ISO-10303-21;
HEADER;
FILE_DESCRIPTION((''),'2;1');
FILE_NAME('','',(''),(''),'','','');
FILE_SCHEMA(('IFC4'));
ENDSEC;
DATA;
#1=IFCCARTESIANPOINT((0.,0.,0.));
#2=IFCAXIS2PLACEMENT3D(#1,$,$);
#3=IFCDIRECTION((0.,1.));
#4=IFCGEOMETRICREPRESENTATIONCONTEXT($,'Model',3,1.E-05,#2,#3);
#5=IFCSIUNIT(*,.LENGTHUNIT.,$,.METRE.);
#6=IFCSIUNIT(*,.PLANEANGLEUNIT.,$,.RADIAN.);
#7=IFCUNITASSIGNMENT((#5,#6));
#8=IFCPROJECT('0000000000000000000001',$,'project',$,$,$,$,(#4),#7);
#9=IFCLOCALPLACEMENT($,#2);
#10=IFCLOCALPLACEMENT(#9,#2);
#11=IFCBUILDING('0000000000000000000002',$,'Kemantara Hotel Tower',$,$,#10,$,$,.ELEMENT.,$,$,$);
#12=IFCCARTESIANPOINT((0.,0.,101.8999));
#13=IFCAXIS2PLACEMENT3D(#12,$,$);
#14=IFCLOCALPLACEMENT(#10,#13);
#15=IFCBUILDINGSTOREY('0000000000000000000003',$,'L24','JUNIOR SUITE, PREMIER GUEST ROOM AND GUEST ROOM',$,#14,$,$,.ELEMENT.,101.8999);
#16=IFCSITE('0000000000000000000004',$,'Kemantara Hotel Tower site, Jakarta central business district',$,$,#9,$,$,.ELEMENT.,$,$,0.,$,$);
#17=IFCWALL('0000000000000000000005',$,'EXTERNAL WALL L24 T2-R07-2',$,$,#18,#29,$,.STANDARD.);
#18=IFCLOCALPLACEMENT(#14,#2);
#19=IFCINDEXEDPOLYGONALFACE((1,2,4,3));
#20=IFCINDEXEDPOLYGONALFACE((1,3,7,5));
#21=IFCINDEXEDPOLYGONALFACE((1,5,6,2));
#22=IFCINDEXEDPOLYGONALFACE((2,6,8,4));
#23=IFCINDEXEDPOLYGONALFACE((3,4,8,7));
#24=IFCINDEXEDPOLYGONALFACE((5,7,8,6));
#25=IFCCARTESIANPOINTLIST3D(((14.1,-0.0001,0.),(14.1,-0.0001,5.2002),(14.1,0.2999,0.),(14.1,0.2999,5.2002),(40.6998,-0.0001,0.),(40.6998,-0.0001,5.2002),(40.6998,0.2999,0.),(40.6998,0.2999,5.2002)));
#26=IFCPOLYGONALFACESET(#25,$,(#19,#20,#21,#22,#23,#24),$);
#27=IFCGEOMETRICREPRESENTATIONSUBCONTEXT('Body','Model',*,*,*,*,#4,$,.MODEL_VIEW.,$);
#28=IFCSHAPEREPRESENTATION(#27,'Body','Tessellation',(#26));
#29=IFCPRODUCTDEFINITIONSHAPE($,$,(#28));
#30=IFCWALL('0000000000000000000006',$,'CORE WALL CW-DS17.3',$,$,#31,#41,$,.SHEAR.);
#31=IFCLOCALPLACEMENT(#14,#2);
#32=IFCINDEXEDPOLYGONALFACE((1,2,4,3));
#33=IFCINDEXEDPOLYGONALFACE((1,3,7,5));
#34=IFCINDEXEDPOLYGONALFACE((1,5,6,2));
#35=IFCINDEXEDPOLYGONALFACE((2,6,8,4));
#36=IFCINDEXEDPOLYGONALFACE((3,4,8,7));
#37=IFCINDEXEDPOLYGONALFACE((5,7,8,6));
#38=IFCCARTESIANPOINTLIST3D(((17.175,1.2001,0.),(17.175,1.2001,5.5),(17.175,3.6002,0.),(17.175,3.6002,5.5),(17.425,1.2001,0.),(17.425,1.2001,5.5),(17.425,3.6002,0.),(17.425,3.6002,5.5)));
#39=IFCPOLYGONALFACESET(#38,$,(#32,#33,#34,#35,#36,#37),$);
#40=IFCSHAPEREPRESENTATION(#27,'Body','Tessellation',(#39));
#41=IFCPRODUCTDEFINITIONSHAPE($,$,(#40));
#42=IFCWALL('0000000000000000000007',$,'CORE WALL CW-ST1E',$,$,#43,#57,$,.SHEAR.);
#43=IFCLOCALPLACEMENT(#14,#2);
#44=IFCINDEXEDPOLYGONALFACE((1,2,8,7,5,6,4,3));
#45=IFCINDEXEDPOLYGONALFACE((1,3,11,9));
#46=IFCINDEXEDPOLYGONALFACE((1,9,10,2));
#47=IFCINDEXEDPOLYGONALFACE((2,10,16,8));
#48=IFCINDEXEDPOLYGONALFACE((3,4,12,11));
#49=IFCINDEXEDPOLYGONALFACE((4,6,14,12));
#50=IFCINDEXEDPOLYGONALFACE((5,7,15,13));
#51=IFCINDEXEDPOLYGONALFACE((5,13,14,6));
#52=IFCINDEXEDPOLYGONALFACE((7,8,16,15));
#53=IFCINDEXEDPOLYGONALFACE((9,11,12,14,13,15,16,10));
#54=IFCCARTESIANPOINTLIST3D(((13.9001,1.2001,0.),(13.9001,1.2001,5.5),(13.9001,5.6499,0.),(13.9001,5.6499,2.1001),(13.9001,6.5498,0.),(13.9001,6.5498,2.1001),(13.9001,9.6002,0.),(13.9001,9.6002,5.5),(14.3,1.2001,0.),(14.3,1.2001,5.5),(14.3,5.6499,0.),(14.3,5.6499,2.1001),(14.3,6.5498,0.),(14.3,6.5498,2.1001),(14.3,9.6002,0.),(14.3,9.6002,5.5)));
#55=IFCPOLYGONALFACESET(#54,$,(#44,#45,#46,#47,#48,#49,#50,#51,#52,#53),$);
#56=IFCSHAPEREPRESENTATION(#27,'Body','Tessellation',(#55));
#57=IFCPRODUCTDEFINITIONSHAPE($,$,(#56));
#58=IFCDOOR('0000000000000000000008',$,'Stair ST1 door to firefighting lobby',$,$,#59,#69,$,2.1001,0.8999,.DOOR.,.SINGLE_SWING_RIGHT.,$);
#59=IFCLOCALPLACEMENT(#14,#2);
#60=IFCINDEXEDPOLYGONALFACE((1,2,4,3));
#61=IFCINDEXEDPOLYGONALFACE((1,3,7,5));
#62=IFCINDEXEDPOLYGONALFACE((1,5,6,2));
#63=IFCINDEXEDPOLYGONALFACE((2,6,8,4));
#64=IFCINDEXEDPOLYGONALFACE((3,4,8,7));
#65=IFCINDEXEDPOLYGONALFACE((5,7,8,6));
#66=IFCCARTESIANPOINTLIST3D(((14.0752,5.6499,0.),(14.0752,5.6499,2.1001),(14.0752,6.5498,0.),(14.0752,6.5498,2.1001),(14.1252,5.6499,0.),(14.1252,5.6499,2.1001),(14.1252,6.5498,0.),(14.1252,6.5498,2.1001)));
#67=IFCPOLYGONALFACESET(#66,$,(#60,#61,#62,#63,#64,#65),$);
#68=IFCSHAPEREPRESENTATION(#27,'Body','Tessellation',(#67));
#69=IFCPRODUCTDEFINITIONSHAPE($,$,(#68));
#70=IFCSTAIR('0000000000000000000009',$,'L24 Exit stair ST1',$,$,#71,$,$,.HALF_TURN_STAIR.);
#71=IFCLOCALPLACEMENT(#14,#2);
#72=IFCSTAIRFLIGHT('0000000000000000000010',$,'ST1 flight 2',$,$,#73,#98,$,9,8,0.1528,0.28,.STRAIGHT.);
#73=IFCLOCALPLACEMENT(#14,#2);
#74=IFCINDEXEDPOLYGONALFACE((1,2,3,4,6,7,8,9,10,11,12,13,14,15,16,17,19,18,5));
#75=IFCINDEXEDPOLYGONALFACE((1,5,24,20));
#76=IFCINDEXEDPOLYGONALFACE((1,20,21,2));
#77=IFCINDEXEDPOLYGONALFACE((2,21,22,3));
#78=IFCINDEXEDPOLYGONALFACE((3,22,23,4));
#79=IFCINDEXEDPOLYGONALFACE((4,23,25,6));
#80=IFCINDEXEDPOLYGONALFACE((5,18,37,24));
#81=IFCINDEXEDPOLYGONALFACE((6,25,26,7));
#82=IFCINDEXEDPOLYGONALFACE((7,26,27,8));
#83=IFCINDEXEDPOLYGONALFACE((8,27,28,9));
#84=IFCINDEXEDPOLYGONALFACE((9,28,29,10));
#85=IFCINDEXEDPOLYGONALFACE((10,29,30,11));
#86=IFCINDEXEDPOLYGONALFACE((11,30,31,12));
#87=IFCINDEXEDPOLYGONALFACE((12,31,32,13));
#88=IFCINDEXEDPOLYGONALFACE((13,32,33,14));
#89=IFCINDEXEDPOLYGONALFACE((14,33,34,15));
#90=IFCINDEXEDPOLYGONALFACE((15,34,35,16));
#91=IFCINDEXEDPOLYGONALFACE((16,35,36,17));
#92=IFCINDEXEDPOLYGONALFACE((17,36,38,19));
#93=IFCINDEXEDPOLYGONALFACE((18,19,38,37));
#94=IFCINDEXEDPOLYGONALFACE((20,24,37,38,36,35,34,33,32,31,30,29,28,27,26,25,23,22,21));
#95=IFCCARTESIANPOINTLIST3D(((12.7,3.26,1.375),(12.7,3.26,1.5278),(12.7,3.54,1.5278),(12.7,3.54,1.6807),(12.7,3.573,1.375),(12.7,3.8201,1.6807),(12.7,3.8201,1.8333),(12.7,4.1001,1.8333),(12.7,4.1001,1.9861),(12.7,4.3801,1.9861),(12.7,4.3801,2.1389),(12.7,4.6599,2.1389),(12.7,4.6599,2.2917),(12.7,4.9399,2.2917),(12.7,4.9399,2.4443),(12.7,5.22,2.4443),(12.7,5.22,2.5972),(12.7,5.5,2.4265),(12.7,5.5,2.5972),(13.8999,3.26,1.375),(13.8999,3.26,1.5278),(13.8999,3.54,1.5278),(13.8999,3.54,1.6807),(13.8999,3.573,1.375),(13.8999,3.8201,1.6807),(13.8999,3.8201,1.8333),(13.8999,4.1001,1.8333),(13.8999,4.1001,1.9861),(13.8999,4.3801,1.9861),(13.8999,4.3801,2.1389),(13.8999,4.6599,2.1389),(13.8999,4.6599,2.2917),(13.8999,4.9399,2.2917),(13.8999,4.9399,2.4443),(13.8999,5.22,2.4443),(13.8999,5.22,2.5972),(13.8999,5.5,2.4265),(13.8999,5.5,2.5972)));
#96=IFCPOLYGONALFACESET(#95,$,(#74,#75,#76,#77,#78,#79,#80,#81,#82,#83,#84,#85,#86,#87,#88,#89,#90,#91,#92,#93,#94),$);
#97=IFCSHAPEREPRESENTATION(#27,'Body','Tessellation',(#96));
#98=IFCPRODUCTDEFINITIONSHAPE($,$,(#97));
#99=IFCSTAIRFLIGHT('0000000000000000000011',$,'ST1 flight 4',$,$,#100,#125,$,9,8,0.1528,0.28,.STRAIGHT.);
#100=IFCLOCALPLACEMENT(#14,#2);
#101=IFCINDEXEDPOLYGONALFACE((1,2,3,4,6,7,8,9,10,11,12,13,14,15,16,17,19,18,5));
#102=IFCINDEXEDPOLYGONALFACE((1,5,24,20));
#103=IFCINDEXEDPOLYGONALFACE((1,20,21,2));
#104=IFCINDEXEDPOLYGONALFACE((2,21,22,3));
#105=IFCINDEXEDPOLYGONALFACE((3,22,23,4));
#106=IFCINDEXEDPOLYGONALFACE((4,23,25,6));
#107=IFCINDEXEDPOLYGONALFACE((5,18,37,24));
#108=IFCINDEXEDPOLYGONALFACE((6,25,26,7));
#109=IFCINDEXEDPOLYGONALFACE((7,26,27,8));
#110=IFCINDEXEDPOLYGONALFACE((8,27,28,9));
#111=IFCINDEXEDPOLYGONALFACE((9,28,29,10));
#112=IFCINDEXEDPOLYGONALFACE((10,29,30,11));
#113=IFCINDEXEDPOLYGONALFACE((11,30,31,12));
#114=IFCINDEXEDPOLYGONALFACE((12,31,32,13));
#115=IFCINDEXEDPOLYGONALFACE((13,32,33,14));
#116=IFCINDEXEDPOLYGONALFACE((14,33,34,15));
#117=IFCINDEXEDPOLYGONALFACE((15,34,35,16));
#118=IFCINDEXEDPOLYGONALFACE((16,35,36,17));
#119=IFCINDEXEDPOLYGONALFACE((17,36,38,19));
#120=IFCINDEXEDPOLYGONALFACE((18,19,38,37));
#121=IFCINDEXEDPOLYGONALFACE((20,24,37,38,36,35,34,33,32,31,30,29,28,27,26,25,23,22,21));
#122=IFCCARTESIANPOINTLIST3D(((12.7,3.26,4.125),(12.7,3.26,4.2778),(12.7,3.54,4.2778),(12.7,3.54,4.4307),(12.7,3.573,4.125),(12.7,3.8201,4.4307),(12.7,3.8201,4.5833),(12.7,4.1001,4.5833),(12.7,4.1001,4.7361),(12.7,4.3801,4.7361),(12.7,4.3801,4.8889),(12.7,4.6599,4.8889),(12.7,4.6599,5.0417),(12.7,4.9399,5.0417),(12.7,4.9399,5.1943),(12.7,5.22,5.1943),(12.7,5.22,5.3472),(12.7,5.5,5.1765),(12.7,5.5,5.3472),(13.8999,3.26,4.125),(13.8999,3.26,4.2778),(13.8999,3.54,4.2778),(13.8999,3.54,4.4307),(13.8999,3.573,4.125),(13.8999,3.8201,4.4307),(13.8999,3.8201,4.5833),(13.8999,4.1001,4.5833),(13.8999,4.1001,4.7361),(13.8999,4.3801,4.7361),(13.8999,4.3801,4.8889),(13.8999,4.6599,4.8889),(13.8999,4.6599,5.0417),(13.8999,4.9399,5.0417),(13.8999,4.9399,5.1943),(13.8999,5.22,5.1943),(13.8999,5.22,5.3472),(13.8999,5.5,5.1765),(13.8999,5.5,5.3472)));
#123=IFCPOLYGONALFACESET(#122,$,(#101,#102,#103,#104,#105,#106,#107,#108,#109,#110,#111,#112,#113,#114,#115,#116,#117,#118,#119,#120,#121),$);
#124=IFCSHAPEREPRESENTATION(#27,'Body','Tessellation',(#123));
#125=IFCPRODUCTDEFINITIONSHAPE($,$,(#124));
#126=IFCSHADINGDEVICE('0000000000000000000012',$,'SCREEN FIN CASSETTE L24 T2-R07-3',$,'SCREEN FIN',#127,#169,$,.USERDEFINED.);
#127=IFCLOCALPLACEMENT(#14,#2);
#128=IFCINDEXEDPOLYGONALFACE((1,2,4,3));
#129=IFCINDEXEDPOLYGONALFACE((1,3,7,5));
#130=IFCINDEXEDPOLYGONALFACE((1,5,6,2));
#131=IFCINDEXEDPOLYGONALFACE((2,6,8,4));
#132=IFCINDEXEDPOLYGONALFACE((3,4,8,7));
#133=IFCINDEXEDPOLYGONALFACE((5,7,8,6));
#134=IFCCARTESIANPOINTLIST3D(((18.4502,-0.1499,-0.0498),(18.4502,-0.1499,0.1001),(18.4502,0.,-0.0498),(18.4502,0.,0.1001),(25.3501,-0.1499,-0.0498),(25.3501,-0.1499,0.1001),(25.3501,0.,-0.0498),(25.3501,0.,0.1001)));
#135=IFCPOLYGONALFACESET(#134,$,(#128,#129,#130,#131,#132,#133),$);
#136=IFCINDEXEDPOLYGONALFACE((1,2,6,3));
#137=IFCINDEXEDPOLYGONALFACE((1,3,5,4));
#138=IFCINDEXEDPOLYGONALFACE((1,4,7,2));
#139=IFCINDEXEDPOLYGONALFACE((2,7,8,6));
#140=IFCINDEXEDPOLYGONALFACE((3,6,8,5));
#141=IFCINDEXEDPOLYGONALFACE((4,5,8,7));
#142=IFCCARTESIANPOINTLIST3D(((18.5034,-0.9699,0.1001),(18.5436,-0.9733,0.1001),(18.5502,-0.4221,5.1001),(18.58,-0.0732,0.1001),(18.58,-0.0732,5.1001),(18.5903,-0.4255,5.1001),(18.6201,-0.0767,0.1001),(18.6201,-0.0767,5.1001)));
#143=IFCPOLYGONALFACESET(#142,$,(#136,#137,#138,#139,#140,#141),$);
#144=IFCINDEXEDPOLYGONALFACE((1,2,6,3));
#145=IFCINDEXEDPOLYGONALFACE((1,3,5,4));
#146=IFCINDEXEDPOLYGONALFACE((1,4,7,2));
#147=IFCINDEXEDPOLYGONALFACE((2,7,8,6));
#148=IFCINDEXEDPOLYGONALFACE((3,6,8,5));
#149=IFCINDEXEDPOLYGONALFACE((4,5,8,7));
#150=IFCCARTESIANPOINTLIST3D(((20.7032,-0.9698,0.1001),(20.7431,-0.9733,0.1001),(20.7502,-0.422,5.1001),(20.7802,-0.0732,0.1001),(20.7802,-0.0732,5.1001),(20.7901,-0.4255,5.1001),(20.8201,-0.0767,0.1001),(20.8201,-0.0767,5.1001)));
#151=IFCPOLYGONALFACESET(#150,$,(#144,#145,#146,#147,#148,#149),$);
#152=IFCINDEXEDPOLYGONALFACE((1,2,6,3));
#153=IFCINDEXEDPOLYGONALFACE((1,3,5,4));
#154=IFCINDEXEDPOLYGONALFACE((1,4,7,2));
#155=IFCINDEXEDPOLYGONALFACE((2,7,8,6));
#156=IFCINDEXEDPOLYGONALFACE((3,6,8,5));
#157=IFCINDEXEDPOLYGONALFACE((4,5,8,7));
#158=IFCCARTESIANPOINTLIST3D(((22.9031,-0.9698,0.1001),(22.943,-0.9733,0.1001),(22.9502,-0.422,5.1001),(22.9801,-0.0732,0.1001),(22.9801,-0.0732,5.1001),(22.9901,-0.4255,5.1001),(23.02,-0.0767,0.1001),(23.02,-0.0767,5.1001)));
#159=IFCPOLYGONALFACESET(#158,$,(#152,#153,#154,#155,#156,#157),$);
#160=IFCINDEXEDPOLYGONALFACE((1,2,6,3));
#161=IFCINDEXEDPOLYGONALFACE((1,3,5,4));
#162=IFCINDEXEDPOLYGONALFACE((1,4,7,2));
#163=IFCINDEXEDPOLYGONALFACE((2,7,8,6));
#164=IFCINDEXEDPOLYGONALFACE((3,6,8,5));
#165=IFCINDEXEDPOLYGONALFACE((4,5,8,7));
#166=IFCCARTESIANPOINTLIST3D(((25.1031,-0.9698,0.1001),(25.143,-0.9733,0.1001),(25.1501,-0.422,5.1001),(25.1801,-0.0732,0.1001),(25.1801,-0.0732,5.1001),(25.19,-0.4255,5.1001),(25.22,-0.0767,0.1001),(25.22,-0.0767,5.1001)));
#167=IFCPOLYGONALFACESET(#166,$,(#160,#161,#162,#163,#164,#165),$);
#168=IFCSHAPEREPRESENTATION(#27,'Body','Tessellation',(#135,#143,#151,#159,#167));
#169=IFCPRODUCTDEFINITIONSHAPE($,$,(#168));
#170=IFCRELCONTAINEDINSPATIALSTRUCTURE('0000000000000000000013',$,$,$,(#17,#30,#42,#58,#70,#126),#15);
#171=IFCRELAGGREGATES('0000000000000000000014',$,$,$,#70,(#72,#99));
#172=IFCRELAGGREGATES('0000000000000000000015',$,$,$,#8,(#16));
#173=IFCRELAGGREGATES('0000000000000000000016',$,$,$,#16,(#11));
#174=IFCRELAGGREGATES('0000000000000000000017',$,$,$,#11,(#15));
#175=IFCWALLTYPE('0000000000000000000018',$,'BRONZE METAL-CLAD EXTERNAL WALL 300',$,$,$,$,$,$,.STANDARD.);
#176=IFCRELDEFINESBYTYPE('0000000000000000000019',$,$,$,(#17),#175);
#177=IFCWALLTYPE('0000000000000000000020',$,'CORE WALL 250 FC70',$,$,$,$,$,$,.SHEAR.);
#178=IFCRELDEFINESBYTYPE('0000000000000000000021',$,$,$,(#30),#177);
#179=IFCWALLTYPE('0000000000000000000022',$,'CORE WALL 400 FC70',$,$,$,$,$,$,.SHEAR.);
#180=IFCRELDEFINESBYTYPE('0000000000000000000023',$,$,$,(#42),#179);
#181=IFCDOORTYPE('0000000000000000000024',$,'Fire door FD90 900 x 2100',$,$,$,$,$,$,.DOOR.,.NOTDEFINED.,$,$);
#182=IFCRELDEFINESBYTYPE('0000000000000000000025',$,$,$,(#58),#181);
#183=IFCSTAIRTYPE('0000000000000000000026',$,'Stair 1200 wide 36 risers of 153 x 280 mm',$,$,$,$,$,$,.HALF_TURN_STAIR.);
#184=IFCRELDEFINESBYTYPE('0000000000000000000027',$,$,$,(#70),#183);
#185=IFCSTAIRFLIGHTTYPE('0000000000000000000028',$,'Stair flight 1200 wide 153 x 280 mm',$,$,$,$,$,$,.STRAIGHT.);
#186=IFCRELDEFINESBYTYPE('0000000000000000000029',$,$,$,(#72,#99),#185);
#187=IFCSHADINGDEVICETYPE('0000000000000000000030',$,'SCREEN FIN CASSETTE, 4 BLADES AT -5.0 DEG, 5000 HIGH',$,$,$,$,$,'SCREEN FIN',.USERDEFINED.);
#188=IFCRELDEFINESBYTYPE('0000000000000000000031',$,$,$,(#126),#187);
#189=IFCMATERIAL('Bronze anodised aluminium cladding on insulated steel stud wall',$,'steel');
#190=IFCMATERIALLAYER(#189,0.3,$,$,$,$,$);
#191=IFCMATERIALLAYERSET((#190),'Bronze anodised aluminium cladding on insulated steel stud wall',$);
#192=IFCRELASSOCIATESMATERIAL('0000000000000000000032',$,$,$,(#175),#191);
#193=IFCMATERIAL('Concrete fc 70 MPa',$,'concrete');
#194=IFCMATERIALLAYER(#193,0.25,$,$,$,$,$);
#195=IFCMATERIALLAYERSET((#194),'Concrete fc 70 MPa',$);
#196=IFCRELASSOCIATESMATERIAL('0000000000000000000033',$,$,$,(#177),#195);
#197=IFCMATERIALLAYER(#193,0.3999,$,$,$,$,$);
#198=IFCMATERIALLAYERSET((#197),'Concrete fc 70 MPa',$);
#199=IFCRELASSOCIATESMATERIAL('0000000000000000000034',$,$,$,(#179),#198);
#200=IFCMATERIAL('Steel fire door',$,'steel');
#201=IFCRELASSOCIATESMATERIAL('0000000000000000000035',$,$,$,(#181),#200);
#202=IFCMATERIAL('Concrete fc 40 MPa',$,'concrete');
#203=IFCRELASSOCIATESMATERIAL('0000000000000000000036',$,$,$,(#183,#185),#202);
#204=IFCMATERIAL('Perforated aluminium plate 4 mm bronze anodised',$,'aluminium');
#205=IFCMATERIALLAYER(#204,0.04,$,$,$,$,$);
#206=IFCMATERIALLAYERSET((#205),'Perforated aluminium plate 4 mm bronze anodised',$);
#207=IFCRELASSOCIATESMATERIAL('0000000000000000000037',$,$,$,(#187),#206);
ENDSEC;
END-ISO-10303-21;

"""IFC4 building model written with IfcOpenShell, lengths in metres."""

from ifc_helpers import new_model, si_unit, direction, frame, frame_2d, origin, origin_2d, place, context, subcontext, project, spatial, polyline, rectangle, outline, extrude, source, transform, mapped, material, layer, layer_set, type_object, element, fill, aggregate, save


model = new_model("IFC4")

# Units and contexts
model_context = context("Model", 3, precision=1e-05, world=origin(), true_north=direction((0.0, 1.0)))
body_context = subcontext(model_context, "Body", "Model", "MODEL_VIEW")
ifc_project = project(units=[si_unit("LENGTHUNIT", "METRE"), si_unit("PLANEANGLEUNIT", "RADIAN")], contexts=[model_context])

# Site, building, storey
site_placement = place(None, origin())
site = spatial("IfcSite", under=ifc_project, at=site_placement, Name="Kemantara Hotel Tower site, Jakarta central business district", CompositionType="ELEMENT", RefElevation=0.0)
building_placement = place(site_placement, origin())
building = spatial("IfcBuilding", under=site, at=building_placement, Name="Kemantara Hotel Tower", CompositionType="ELEMENT")
storey_placement = place(building_placement, frame((0.0, 0.0, 101.8999)))
storey = spatial("IfcBuildingStorey", under=building, at=storey_placement, Name="L24", Description="JUNIOR SUITE, PREMIER GUEST ROOM AND GUEST ROOM", CompositionType="ELEMENT", Elevation=101.8999)

# Walls
ifc_material_1 = material(Name="Bronze anodised aluminium cladding on insulated steel stud wall", Category="steel")
ifc_layer_1 = layer(ifc_material_1, 0.3)
ifc_layer_set_1 = layer_set([ifc_layer_1], Name="Bronze anodised aluminium cladding on insulated steel stud wall")
wall_type_1 = type_object("IfcWallType", Name="BRONZE METAL-CLAD EXTERNAL WALL 300", PredefinedType="STANDARD", material=ifc_layer_set_1)
wall_1_placement = place(storey_placement, frame((14.1001, 0.1499, 0.0), z_axis=(0.0, 0.0, 1.0), x_axis=(1.0, 0.0, 0.0)))
element("IfcWall", 1, at=wall_1_placement, inside=storey, type_object=wall_type_1, Name="EXTERNAL WALL L24 T2-R07-2", PredefinedType="STANDARD", context=body_context, shape_type="SweptSolid", body=[
    extrude(rectangle(XDim=26.5999, YDim=0.3, at=frame_2d((13.2998, 0.0))), origin(), (0.0, 0.0, 1.0), 5.2002),
])
ifc_material_2 = material(Name="Concrete fc 70 MPa", Category="concrete")
ifc_layer_2 = layer(ifc_material_2, 0.25)
ifc_layer_set_2 = layer_set([ifc_layer_2], Name="Concrete fc 70 MPa")
wall_type_2 = type_object("IfcWallType", Name="CORE WALL 250 FC70", PredefinedType="SHEAR", material=ifc_layer_set_2)
wall_2_placement = place(storey_placement, frame((17.3, 1.2, 0.0), z_axis=(0.0, 0.0, 1.0), x_axis=(0.0, 1.0, 0.0)))
element("IfcWall", 2, at=wall_2_placement, inside=storey, type_object=wall_type_2, Name="CORE WALL CW-DS17.3", PredefinedType="SHEAR", context=body_context, shape_type="SweptSolid", body=[
    extrude(rectangle(XDim=2.4001, YDim=0.25, at=frame_2d((1.2002, 0.0))), origin(), (0.0, 0.0, 1.0), 5.5),
])

# Wall, opening, door
ifc_layer_3 = layer(ifc_material_2, 0.3999)
ifc_layer_set_3 = layer_set([ifc_layer_3], Name="Concrete fc 70 MPa")
wall_type_3 = type_object("IfcWallType", Name="CORE WALL 400 FC70", PredefinedType="SHEAR", material=ifc_layer_set_3)
wall_3_placement = place(storey_placement, frame((14.1001, 1.2, 0.0), z_axis=(0.0, 0.0, 1.0), x_axis=(0.0, 1.0, 0.0)))
wall_3 = element("IfcWall", 3, at=wall_3_placement, inside=storey, type_object=wall_type_3, Name="CORE WALL CW-ST1E", PredefinedType="SHEAR", context=body_context, shape_type="SweptSolid", body=[
    extrude(rectangle(XDim=8.4001, YDim=0.3999, at=frame_2d((4.2002, 0.0))), origin(), (0.0, 0.0, 1.0), 5.5),
])
opening_placement = place(wall_3_placement, frame((4.45, 0.0, 0.0)))
opening = element("IfcOpeningElement", 4, at=opening_placement, cuts=wall_3, PredefinedType="OPENING", context=body_context, shape_type="SweptSolid", body=[
    extrude(rectangle(XDim=0.8999, YDim=2.1001, at=frame_2d((0.45, 1.05))), frame((0.0, 0.21, 0.0), z_axis=(0.0, -1.0, 0.0), x_axis=(1.0, 0.0, 0.0)), (0.0, 0.0, 1.0), 0.4199),
])
ifc_material_3 = material(Name="Steel fire door", Category="steel")
door_type = type_object("IfcDoorType", Name="Fire door FD90 900 x 2100", OperationType="NOTDEFINED", PredefinedType="DOOR", material=ifc_material_3)
door_placement = place(opening_placement, origin())
door = element("IfcDoor", 5, at=door_placement, inside=storey, type_object=door_type, Name="Stair ST1 door to firefighting lobby", OperationType="SINGLE_SWING_RIGHT", OverallHeight=2.1001, OverallWidth=0.8999, PredefinedType="DOOR", context=body_context, shape_type="SweptSolid", body=[
    extrude(rectangle(XDim=0.8999, YDim=2.1001, at=frame_2d((0.45, 1.05))), frame((0.0, 0.0249, 0.0), z_axis=(0.0, -1.0, 0.0), x_axis=(1.0, 0.0, 0.0)), (0.0, 0.0, 1.0), 0.05),
])
fill(opening, door)

# Stair, stair flights
ifc_material_4 = material(Name="Concrete fc 40 MPa", Category="concrete")
stair_type = type_object("IfcStairType", Name="Stair 1200 wide 36 risers of 153 x 280 mm", PredefinedType="HALF_TURN_STAIR", material=ifc_material_4)
stair_placement = place(storey_placement, origin())
stair = element("IfcStair", 6, at=stair_placement, inside=storey, type_object=stair_type, Name="L24 Exit stair ST1", PredefinedType="HALF_TURN_STAIR")
stair_flight_type = type_object("IfcStairFlightType", Name="Stair flight 1200 wide 153 x 280 mm", PredefinedType="STRAIGHT", material=ifc_material_4)
stair_flight_1_placement = place(storey_placement, frame((13.3, 3.26, 1.375), z_axis=(0.0, 0.0, 1.0), x_axis=(0.0, 1.0, 0.0)))
stair_flight_1 = element("IfcStairFlight", 7, at=stair_flight_1_placement, type_object=stair_flight_type, Name="ST1 flight 2", NumberOfRisers=9, NumberOfTreads=8, PredefinedType="STRAIGHT", RiserHeight=0.1528, TreadLength=0.28, context=body_context, shape_type="SweptSolid", body=[
    extrude(outline(polyline([(0.0, 0.0), (0.0, 0.1528), (0.28, 0.1528), (0.28, 0.3057), (0.5601, 0.3057), (0.5601, 0.4583), (0.8401, 0.4583), (0.8401, 0.6111), (1.1201, 0.6111), (1.1201, 0.7639), (1.3999, 0.7639), (1.3999, 0.9167), (1.6799, 0.9167), (1.6799, 1.0693), (1.96, 1.0693), (1.96, 1.2222), (2.24, 1.2222), (2.24, 1.375), (2.24, 1.0515), (0.313, 0.0), (0.0, 0.0)])), frame((0.0, 0.6001, 0.0), z_axis=(0.0, -1.0, 0.0), x_axis=(1.0, 0.0, 0.0)), (0.0, 0.0, 1.0), 1.2),
])
stair_flight_2_placement = place(storey_placement, frame((13.3, 3.26, 4.125), z_axis=(0.0, 0.0, 1.0), x_axis=(0.0, 1.0, 0.0)))
stair_flight_2 = element("IfcStairFlight", 8, at=stair_flight_2_placement, type_object=stair_flight_type, Name="ST1 flight 4", NumberOfRisers=9, NumberOfTreads=8, PredefinedType="STRAIGHT", RiserHeight=0.1528, TreadLength=0.28, context=body_context, shape_type="SweptSolid", body=[
    extrude(outline(polyline([(0.0, 0.0), (0.0, 0.1528), (0.28, 0.1528), (0.28, 0.3057), (0.5601, 0.3057), (0.5601, 0.4583), (0.8401, 0.4583), (0.8401, 0.6111), (1.1201, 0.6111), (1.1201, 0.7639), (1.3999, 0.7639), (1.3999, 0.9167), (1.6799, 0.9167), (1.6799, 1.0693), (1.96, 1.0693), (1.96, 1.2222), (2.24, 1.2222), (2.24, 1.375), (2.24, 1.0515), (0.313, 0.0), (0.0, 0.0)])), frame((0.0, 0.6001, 0.0), z_axis=(0.0, -1.0, 0.0), x_axis=(1.0, 0.0, 0.0)), (0.0, 0.0, 1.0), 1.2),
])
aggregate(stair, [stair_flight_1, stair_flight_2])

# Shading device
ifc_material_5 = material(Name="Perforated aluminium plate 4 mm bronze anodised", Category="aluminium")
ifc_layer_4 = layer(ifc_material_5, 0.04)
ifc_layer_set_4 = layer_set([ifc_layer_4], Name="Perforated aluminium plate 4 mm bronze anodised")
shading_device_type = type_object("IfcShadingDeviceType", Name="SCREEN FIN CASSETTE, 4 BLADES AT -5.0 DEG, 5000 HIGH", ElementType="SCREEN FIN", PredefinedType="USERDEFINED", material=ifc_layer_set_4)
shared_shape = source(origin(), body_context, "Body", "SweptSolid", [
    extrude(rectangle(XDim=6.8999, YDim=0.1499, at=origin_2d()), frame((3.3, -0.075, -0.1499), z_axis=(0.0, 0.0, 1.0), x_axis=(1.0, 0.0, 0.0)), (0.0, 0.0, 1.0), 0.1499),
    extrude(outline(polyline([(0.0, 0.0), (0.8999, 0.0), (0.3501, 5.0), (0.0, 5.0), (0.0, 0.0)])), frame((0.02, -0.0767, 0.0), z_axis=(-0.996376, 0.085056, 0.0), x_axis=(-0.085056, -0.996376, 0.0)), (0.0, 0.0, 1.0), 0.0403),
    extrude(outline(polyline([(0.0, 0.0), (0.8999, 0.0), (0.3501, 5.0), (0.0, 5.0), (0.0, 0.0)])), frame((2.22, -0.0767, 0.0), z_axis=(-0.996332, 0.085575, 0.0), x_axis=(-0.085575, -0.996332, 0.0)), (0.0, 0.0, 1.0), 0.04),
    extrude(outline(polyline([(0.0, 0.0), (0.8999, 0.0), (0.3501, 5.0), (0.0, 5.0), (0.0, 0.0)])), frame((4.4199, -0.0767, 0.0), z_axis=(-0.996332, 0.085575, 0.0), x_axis=(-0.085575, -0.996332, 0.0)), (0.0, 0.0, 1.0), 0.04),
    extrude(outline(polyline([(0.0, 0.0), (0.8999, 0.0), (0.3501, 5.0), (0.0, 5.0), (0.0, 0.0)])), frame((6.6199, -0.0767, 0.0), z_axis=(-0.996332, 0.085575, 0.0), x_axis=(-0.085575, -0.996332, 0.0)), (0.0, 0.0, 1.0), 0.04),
])
shading_device_placement = place(storey_placement, frame((18.6001, 0.0, 0.1001), z_axis=(0.0, 0.0, 1.0), x_axis=(1.0, 0.0, 0.0)))
element("IfcShadingDevice", 9, at=shading_device_placement, inside=storey, type_object=shading_device_type, Name="SCREEN FIN CASSETTE L24 T2-R07-3", ObjectType="SCREEN FIN", PredefinedType="USERDEFINED", context=body_context, shape_type="MappedRepresentation", body=[
    mapped(shared_shape, transform((0.0, 0.0, 0.0))),
])

save(model, "model.ifc")
